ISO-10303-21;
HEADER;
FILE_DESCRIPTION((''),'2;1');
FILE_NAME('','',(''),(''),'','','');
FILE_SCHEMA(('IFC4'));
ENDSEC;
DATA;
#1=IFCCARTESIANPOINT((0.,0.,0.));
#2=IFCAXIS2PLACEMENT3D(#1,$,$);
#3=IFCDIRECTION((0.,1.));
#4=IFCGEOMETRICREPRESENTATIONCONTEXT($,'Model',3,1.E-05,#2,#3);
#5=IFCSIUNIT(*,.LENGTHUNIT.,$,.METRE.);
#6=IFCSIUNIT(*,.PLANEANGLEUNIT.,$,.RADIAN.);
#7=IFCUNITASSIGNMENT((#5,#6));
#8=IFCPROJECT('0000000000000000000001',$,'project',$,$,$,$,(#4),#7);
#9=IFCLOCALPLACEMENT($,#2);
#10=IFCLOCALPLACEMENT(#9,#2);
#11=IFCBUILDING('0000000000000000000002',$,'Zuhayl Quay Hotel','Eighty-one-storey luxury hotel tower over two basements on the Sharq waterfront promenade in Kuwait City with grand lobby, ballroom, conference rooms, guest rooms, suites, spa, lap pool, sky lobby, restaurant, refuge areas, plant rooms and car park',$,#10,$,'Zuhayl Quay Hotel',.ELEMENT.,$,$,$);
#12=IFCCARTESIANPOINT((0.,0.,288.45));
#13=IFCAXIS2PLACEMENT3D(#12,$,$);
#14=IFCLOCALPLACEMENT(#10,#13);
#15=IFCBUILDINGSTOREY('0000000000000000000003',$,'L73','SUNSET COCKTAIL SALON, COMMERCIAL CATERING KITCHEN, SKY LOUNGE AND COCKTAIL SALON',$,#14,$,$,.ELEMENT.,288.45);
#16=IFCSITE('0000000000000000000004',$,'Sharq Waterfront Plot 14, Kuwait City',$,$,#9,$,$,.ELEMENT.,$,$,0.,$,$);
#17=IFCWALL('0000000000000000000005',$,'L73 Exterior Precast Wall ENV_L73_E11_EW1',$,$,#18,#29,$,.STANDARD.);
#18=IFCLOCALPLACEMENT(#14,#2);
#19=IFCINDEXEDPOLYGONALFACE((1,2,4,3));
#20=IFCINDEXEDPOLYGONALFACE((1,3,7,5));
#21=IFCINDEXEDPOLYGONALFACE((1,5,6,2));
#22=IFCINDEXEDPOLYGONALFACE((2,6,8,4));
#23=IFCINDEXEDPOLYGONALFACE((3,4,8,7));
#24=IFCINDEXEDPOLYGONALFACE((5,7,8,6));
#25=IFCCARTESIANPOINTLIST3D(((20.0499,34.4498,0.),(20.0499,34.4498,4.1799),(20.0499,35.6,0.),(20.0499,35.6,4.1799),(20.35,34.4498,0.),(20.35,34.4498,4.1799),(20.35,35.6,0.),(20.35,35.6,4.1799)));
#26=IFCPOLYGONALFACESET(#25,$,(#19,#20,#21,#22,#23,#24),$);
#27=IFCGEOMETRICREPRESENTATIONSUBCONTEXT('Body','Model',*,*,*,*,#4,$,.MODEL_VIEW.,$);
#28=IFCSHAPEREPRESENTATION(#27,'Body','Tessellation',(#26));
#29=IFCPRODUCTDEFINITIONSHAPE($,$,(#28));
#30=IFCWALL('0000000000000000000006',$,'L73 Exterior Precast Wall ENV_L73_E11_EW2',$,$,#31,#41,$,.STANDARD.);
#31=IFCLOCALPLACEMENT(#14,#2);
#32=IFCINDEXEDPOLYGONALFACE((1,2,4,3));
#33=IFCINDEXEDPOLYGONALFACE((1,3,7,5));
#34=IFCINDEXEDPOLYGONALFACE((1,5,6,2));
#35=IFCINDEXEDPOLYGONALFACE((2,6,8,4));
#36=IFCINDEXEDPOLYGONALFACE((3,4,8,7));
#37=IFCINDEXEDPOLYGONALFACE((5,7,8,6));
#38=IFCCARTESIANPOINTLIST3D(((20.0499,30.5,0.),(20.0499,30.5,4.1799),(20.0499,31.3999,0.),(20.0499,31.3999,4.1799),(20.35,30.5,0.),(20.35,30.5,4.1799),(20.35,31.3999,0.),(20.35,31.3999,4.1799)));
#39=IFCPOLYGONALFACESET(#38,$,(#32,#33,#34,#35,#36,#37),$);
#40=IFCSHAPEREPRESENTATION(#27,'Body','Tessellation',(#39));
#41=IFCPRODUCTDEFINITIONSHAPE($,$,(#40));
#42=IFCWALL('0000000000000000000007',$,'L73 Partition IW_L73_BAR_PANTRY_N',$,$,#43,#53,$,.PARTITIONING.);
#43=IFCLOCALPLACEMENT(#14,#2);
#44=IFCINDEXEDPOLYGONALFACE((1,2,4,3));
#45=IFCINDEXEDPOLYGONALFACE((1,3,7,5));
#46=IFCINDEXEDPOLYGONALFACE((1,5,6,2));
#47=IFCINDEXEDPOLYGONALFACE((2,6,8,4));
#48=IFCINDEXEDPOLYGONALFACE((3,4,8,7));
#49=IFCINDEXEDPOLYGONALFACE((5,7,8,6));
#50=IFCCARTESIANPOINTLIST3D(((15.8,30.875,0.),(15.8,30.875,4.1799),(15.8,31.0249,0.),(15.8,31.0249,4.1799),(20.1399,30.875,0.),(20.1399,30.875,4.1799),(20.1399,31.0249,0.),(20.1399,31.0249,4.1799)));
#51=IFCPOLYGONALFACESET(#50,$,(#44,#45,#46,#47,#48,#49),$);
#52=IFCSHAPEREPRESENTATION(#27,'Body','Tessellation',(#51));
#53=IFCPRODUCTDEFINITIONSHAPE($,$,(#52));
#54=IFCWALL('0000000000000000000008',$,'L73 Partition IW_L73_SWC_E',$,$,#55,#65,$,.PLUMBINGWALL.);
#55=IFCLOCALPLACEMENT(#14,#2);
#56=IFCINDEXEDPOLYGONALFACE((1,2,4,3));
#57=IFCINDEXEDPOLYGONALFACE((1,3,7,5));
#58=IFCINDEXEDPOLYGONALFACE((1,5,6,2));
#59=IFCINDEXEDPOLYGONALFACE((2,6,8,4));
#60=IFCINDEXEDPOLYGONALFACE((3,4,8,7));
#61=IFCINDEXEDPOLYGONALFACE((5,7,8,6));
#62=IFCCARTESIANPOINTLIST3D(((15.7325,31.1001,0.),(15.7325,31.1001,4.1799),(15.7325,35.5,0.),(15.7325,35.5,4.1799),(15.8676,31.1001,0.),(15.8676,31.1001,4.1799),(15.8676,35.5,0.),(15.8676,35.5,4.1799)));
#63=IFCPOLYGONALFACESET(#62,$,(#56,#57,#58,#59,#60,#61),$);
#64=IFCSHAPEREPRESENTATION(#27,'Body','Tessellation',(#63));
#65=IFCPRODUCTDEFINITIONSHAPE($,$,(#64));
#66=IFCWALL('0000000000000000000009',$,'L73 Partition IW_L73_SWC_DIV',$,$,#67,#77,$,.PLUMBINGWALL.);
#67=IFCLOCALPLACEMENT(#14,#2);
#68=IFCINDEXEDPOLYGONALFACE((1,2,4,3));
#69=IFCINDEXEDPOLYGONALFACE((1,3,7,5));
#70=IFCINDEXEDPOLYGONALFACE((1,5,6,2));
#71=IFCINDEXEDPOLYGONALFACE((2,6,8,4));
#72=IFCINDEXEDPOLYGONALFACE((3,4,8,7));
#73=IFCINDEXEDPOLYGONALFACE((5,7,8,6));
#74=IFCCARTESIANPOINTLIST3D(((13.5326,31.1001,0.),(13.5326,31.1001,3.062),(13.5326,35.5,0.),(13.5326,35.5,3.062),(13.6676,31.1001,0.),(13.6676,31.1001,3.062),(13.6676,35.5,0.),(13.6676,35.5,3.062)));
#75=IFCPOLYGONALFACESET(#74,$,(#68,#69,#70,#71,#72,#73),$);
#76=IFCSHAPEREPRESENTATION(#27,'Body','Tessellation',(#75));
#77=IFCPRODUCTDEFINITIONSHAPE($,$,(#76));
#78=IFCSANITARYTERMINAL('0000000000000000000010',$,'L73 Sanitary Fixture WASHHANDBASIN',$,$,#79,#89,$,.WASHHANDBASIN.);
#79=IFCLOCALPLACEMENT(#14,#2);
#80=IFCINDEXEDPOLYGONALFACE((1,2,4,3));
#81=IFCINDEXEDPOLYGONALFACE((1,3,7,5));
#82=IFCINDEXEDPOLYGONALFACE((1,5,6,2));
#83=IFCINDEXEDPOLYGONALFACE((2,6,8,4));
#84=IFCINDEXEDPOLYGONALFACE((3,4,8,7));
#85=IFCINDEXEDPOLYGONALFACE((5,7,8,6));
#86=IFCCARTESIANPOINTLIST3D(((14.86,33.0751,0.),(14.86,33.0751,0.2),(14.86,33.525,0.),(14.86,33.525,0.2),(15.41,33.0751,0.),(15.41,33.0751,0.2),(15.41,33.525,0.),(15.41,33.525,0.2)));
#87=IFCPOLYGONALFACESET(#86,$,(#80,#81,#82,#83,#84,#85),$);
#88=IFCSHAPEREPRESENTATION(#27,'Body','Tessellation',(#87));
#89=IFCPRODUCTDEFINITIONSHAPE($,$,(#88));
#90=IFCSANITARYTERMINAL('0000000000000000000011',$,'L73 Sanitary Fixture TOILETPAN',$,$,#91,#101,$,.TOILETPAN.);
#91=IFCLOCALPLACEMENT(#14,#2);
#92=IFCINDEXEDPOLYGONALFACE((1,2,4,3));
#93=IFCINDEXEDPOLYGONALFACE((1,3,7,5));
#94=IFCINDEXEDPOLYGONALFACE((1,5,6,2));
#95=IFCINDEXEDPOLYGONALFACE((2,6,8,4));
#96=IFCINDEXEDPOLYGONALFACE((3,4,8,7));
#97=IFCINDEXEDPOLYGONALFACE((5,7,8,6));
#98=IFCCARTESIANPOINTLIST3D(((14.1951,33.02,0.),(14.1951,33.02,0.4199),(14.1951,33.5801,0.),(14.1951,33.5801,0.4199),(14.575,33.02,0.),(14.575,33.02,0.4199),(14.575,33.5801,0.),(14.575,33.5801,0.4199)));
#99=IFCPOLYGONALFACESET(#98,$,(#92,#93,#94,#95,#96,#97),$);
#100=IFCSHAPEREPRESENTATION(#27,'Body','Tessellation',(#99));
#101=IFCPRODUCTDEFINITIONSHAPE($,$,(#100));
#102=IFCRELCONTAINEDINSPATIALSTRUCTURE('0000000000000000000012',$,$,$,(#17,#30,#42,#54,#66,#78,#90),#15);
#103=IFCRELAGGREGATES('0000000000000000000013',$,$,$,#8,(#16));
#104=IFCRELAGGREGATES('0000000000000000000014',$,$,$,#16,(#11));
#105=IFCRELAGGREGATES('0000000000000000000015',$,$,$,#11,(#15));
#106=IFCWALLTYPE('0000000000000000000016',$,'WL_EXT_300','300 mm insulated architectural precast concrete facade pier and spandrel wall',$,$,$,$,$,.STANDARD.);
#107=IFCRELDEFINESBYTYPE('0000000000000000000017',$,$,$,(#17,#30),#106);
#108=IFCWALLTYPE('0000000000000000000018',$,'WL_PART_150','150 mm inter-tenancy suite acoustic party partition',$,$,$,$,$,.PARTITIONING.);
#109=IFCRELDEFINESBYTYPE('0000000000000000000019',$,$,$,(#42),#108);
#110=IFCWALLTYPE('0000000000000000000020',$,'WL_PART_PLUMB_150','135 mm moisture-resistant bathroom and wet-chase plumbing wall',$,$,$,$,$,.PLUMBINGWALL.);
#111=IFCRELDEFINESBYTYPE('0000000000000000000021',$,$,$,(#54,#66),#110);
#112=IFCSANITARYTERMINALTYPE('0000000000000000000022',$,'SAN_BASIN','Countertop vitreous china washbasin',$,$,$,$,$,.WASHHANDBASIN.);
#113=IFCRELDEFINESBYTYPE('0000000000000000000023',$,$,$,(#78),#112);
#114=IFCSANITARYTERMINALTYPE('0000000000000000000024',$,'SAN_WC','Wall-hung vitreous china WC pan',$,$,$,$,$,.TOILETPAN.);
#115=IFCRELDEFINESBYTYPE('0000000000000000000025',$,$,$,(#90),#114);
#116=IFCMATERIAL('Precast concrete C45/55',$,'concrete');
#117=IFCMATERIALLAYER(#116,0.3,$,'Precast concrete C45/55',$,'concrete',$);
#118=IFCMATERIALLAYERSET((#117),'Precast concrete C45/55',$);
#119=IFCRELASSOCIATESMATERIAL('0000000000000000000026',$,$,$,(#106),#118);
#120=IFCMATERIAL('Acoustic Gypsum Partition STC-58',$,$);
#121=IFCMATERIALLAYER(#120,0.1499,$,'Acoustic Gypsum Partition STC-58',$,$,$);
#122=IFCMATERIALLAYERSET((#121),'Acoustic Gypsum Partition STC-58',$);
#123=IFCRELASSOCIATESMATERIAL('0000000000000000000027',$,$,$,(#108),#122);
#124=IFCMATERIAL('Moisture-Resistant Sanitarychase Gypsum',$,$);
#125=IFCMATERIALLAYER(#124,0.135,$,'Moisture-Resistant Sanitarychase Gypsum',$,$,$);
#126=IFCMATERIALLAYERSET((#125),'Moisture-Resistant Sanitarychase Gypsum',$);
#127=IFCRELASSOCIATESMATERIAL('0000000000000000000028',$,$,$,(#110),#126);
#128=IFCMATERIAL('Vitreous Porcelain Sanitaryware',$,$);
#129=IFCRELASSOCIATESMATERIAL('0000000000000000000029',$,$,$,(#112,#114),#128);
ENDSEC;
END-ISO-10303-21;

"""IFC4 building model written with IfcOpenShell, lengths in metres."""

from ifc_helpers import new_model, si_unit, direction, frame, frame_2d, origin, origin_2d, place, context, subcontext, project, spatial, rectangle, extrude, material, layer, layer_set, type_object, element, save


model = new_model("IFC4")

# Units and contexts
model_context = context("Model", 3, precision=1e-05, world=origin(), true_north=direction((0.0, 1.0)))
body_context = subcontext(model_context, "Body", "Model", "MODEL_VIEW")
ifc_project = project(units=[si_unit("LENGTHUNIT", "METRE"), si_unit("PLANEANGLEUNIT", "RADIAN")], contexts=[model_context])

# Site, building, storey
site_placement = place(None, origin())
site = spatial("IfcSite", under=ifc_project, at=site_placement, Name="Sharq Waterfront Plot 14, Kuwait City", CompositionType="ELEMENT", RefElevation=0.0)
building_placement = place(site_placement, origin())
building = spatial("IfcBuilding", under=site, at=building_placement, Name="Zuhayl Quay Hotel", Description="Eighty-one-storey luxury hotel tower over two basements on the Sharq waterfront promenade in Kuwait City with grand lobby, ballroom, conference rooms, guest rooms, suites, spa, lap pool, sky lobby, restaurant, refuge areas, plant rooms and car park", LongName="Zuhayl Quay Hotel", CompositionType="ELEMENT")
storey_placement = place(building_placement, frame((0.0, 0.0, 288.45)))
storey = spatial("IfcBuildingStorey", under=building, at=storey_placement, Name="L73", Description="SUNSET COCKTAIL SALON, COMMERCIAL CATERING KITCHEN, SKY LOUNGE AND COCKTAIL SALON", CompositionType="ELEMENT", Elevation=288.45)

# Walls
ifc_material_1 = material(Name="Precast concrete C45/55", Category="concrete")
ifc_layer_1 = layer(ifc_material_1, 0.3, Name="Precast concrete C45/55", Category="concrete")
ifc_layer_set_1 = layer_set([ifc_layer_1], Name="Precast concrete C45/55")
wall_type_1 = type_object("IfcWallType", Name="WL_EXT_300", Description="300 mm insulated architectural precast concrete facade pier and spandrel wall", PredefinedType="STANDARD", material=ifc_layer_set_1)
wall_1_placement = place(storey_placement, frame((20.2, 35.6001, 0.0), z_axis=(0.0, 0.0, 1.0), x_axis=(0.0, -1.0, 0.0)))
element("IfcWall", 1, at=wall_1_placement, inside=storey, type_object=wall_type_1, Name="L73 Exterior Precast Wall ENV_L73_E11_EW1", PredefinedType="STANDARD", context=body_context, shape_type="SweptSolid", body=[
    extrude(rectangle(XDim=1.1501, YDim=0.3, at=frame_2d((0.5752, 0.0))), origin(), (0.0, 0.0, 1.0), 4.1799),
])
wall_2_placement = place(storey_placement, frame((20.2, 31.3999, 0.0), z_axis=(0.0, 0.0, 1.0), x_axis=(0.0, -1.0, 0.0)))
element("IfcWall", 2, at=wall_2_placement, inside=storey, type_object=wall_type_1, Name="L73 Exterior Precast Wall ENV_L73_E11_EW2", PredefinedType="STANDARD", context=body_context, shape_type="SweptSolid", body=[
    extrude(rectangle(XDim=0.8999, YDim=0.3, at=frame_2d((0.45, 0.0))), origin(), (0.0, 0.0, 1.0), 4.1799),
])
ifc_material_2 = material(Name="Acoustic Gypsum Partition STC-58")
ifc_layer_2 = layer(ifc_material_2, 0.1499, Name="Acoustic Gypsum Partition STC-58")
ifc_layer_set_2 = layer_set([ifc_layer_2], Name="Acoustic Gypsum Partition STC-58")
wall_type_2 = type_object("IfcWallType", Name="WL_PART_150", Description="150 mm inter-tenancy suite acoustic party partition", PredefinedType="PARTITIONING", material=ifc_layer_set_2)
wall_3_placement = place(storey_placement, frame((15.8, 30.95, 0.0), z_axis=(0.0, 0.0, 1.0), x_axis=(1.0, 0.0, 0.0)))
element("IfcWall", 3, at=wall_3_placement, inside=storey, type_object=wall_type_2, Name="L73 Partition IW_L73_BAR_PANTRY_N", PredefinedType="PARTITIONING", context=body_context, shape_type="SweptSolid", body=[
    extrude(rectangle(XDim=4.3398, YDim=0.1499, at=frame_2d((2.1699, 0.0))), origin(), (0.0, 0.0, 1.0), 4.1799),
])
ifc_material_3 = material(Name="Moisture-Resistant Sanitarychase Gypsum")
ifc_layer_3 = layer(ifc_material_3, 0.135, Name="Moisture-Resistant Sanitarychase Gypsum")
ifc_layer_set_3 = layer_set([ifc_layer_3], Name="Moisture-Resistant Sanitarychase Gypsum")
wall_type_3 = type_object("IfcWallType", Name="WL_PART_PLUMB_150", Description="135 mm moisture-resistant bathroom and wet-chase plumbing wall", PredefinedType="PLUMBINGWALL", material=ifc_layer_set_3)
wall_4_placement = place(storey_placement, frame((15.8, 31.1001, 0.0), z_axis=(0.0, 0.0, 1.0), x_axis=(0.0, 1.0, 0.0)))
element("IfcWall", 4, at=wall_4_placement, inside=storey, type_object=wall_type_3, Name="L73 Partition IW_L73_SWC_E", PredefinedType="PLUMBINGWALL", context=body_context, shape_type="SweptSolid", body=[
    extrude(rectangle(XDim=4.3999, YDim=0.135, at=frame_2d((2.2, 0.0))), origin(), (0.0, 0.0, 1.0), 4.1799),
])
wall_5_placement = place(storey_placement, frame((13.6001, 31.1001, 0.0), z_axis=(0.0, 0.0, 1.0), x_axis=(0.0, 1.0, 0.0)))
element("IfcWall", 5, at=wall_5_placement, inside=storey, type_object=wall_type_3, Name="L73 Partition IW_L73_SWC_DIV", PredefinedType="PLUMBINGWALL", context=body_context, shape_type="SweptSolid", body=[
    extrude(rectangle(XDim=4.3999, YDim=0.135, at=frame_2d((2.2, 0.0))), origin(), (0.0, 0.0, 1.0), 3.062),
])

# Sanitary terminals
ifc_material_4 = material(Name="Vitreous Porcelain Sanitaryware")
sanitary_terminal_type_1 = type_object("IfcSanitaryTerminalType", Name="SAN_BASIN", Description="Countertop vitreous china washbasin", PredefinedType="WASHHANDBASIN", material=ifc_material_4)
sanitary_terminal_1_placement = place(storey_placement, frame((15.135, 33.3, 0.0), z_axis=(0.0, 0.0, 1.0), x_axis=(1.0, 0.0, 0.0)))
element("IfcSanitaryTerminal", 6, at=sanitary_terminal_1_placement, inside=storey, type_object=sanitary_terminal_type_1, Name="L73 Sanitary Fixture WASHHANDBASIN", PredefinedType="WASHHANDBASIN", context=body_context, shape_type="SweptSolid", body=[
    extrude(rectangle(XDim=0.55, YDim=0.45, at=origin_2d()), origin(), (0.0, 0.0, 1.0), 0.2),
])
sanitary_terminal_type_2 = type_object("IfcSanitaryTerminalType", Name="SAN_WC", Description="Wall-hung vitreous china WC pan", PredefinedType="TOILETPAN", material=ifc_material_4)
sanitary_terminal_2_placement = place(storey_placement, frame((14.385, 33.3, 0.0), z_axis=(0.0, 0.0, 1.0), x_axis=(1.0, 0.0, 0.0)))
element("IfcSanitaryTerminal", 7, at=sanitary_terminal_2_placement, inside=storey, type_object=sanitary_terminal_type_2, Name="L73 Sanitary Fixture TOILETPAN", PredefinedType="TOILETPAN", context=body_context, shape_type="SweptSolid", body=[
    extrude(rectangle(XDim=0.3799, YDim=0.5601, at=origin_2d()), origin(), (0.0, 0.0, 1.0), 0.4199),
])

save(model, "model.ifc")
